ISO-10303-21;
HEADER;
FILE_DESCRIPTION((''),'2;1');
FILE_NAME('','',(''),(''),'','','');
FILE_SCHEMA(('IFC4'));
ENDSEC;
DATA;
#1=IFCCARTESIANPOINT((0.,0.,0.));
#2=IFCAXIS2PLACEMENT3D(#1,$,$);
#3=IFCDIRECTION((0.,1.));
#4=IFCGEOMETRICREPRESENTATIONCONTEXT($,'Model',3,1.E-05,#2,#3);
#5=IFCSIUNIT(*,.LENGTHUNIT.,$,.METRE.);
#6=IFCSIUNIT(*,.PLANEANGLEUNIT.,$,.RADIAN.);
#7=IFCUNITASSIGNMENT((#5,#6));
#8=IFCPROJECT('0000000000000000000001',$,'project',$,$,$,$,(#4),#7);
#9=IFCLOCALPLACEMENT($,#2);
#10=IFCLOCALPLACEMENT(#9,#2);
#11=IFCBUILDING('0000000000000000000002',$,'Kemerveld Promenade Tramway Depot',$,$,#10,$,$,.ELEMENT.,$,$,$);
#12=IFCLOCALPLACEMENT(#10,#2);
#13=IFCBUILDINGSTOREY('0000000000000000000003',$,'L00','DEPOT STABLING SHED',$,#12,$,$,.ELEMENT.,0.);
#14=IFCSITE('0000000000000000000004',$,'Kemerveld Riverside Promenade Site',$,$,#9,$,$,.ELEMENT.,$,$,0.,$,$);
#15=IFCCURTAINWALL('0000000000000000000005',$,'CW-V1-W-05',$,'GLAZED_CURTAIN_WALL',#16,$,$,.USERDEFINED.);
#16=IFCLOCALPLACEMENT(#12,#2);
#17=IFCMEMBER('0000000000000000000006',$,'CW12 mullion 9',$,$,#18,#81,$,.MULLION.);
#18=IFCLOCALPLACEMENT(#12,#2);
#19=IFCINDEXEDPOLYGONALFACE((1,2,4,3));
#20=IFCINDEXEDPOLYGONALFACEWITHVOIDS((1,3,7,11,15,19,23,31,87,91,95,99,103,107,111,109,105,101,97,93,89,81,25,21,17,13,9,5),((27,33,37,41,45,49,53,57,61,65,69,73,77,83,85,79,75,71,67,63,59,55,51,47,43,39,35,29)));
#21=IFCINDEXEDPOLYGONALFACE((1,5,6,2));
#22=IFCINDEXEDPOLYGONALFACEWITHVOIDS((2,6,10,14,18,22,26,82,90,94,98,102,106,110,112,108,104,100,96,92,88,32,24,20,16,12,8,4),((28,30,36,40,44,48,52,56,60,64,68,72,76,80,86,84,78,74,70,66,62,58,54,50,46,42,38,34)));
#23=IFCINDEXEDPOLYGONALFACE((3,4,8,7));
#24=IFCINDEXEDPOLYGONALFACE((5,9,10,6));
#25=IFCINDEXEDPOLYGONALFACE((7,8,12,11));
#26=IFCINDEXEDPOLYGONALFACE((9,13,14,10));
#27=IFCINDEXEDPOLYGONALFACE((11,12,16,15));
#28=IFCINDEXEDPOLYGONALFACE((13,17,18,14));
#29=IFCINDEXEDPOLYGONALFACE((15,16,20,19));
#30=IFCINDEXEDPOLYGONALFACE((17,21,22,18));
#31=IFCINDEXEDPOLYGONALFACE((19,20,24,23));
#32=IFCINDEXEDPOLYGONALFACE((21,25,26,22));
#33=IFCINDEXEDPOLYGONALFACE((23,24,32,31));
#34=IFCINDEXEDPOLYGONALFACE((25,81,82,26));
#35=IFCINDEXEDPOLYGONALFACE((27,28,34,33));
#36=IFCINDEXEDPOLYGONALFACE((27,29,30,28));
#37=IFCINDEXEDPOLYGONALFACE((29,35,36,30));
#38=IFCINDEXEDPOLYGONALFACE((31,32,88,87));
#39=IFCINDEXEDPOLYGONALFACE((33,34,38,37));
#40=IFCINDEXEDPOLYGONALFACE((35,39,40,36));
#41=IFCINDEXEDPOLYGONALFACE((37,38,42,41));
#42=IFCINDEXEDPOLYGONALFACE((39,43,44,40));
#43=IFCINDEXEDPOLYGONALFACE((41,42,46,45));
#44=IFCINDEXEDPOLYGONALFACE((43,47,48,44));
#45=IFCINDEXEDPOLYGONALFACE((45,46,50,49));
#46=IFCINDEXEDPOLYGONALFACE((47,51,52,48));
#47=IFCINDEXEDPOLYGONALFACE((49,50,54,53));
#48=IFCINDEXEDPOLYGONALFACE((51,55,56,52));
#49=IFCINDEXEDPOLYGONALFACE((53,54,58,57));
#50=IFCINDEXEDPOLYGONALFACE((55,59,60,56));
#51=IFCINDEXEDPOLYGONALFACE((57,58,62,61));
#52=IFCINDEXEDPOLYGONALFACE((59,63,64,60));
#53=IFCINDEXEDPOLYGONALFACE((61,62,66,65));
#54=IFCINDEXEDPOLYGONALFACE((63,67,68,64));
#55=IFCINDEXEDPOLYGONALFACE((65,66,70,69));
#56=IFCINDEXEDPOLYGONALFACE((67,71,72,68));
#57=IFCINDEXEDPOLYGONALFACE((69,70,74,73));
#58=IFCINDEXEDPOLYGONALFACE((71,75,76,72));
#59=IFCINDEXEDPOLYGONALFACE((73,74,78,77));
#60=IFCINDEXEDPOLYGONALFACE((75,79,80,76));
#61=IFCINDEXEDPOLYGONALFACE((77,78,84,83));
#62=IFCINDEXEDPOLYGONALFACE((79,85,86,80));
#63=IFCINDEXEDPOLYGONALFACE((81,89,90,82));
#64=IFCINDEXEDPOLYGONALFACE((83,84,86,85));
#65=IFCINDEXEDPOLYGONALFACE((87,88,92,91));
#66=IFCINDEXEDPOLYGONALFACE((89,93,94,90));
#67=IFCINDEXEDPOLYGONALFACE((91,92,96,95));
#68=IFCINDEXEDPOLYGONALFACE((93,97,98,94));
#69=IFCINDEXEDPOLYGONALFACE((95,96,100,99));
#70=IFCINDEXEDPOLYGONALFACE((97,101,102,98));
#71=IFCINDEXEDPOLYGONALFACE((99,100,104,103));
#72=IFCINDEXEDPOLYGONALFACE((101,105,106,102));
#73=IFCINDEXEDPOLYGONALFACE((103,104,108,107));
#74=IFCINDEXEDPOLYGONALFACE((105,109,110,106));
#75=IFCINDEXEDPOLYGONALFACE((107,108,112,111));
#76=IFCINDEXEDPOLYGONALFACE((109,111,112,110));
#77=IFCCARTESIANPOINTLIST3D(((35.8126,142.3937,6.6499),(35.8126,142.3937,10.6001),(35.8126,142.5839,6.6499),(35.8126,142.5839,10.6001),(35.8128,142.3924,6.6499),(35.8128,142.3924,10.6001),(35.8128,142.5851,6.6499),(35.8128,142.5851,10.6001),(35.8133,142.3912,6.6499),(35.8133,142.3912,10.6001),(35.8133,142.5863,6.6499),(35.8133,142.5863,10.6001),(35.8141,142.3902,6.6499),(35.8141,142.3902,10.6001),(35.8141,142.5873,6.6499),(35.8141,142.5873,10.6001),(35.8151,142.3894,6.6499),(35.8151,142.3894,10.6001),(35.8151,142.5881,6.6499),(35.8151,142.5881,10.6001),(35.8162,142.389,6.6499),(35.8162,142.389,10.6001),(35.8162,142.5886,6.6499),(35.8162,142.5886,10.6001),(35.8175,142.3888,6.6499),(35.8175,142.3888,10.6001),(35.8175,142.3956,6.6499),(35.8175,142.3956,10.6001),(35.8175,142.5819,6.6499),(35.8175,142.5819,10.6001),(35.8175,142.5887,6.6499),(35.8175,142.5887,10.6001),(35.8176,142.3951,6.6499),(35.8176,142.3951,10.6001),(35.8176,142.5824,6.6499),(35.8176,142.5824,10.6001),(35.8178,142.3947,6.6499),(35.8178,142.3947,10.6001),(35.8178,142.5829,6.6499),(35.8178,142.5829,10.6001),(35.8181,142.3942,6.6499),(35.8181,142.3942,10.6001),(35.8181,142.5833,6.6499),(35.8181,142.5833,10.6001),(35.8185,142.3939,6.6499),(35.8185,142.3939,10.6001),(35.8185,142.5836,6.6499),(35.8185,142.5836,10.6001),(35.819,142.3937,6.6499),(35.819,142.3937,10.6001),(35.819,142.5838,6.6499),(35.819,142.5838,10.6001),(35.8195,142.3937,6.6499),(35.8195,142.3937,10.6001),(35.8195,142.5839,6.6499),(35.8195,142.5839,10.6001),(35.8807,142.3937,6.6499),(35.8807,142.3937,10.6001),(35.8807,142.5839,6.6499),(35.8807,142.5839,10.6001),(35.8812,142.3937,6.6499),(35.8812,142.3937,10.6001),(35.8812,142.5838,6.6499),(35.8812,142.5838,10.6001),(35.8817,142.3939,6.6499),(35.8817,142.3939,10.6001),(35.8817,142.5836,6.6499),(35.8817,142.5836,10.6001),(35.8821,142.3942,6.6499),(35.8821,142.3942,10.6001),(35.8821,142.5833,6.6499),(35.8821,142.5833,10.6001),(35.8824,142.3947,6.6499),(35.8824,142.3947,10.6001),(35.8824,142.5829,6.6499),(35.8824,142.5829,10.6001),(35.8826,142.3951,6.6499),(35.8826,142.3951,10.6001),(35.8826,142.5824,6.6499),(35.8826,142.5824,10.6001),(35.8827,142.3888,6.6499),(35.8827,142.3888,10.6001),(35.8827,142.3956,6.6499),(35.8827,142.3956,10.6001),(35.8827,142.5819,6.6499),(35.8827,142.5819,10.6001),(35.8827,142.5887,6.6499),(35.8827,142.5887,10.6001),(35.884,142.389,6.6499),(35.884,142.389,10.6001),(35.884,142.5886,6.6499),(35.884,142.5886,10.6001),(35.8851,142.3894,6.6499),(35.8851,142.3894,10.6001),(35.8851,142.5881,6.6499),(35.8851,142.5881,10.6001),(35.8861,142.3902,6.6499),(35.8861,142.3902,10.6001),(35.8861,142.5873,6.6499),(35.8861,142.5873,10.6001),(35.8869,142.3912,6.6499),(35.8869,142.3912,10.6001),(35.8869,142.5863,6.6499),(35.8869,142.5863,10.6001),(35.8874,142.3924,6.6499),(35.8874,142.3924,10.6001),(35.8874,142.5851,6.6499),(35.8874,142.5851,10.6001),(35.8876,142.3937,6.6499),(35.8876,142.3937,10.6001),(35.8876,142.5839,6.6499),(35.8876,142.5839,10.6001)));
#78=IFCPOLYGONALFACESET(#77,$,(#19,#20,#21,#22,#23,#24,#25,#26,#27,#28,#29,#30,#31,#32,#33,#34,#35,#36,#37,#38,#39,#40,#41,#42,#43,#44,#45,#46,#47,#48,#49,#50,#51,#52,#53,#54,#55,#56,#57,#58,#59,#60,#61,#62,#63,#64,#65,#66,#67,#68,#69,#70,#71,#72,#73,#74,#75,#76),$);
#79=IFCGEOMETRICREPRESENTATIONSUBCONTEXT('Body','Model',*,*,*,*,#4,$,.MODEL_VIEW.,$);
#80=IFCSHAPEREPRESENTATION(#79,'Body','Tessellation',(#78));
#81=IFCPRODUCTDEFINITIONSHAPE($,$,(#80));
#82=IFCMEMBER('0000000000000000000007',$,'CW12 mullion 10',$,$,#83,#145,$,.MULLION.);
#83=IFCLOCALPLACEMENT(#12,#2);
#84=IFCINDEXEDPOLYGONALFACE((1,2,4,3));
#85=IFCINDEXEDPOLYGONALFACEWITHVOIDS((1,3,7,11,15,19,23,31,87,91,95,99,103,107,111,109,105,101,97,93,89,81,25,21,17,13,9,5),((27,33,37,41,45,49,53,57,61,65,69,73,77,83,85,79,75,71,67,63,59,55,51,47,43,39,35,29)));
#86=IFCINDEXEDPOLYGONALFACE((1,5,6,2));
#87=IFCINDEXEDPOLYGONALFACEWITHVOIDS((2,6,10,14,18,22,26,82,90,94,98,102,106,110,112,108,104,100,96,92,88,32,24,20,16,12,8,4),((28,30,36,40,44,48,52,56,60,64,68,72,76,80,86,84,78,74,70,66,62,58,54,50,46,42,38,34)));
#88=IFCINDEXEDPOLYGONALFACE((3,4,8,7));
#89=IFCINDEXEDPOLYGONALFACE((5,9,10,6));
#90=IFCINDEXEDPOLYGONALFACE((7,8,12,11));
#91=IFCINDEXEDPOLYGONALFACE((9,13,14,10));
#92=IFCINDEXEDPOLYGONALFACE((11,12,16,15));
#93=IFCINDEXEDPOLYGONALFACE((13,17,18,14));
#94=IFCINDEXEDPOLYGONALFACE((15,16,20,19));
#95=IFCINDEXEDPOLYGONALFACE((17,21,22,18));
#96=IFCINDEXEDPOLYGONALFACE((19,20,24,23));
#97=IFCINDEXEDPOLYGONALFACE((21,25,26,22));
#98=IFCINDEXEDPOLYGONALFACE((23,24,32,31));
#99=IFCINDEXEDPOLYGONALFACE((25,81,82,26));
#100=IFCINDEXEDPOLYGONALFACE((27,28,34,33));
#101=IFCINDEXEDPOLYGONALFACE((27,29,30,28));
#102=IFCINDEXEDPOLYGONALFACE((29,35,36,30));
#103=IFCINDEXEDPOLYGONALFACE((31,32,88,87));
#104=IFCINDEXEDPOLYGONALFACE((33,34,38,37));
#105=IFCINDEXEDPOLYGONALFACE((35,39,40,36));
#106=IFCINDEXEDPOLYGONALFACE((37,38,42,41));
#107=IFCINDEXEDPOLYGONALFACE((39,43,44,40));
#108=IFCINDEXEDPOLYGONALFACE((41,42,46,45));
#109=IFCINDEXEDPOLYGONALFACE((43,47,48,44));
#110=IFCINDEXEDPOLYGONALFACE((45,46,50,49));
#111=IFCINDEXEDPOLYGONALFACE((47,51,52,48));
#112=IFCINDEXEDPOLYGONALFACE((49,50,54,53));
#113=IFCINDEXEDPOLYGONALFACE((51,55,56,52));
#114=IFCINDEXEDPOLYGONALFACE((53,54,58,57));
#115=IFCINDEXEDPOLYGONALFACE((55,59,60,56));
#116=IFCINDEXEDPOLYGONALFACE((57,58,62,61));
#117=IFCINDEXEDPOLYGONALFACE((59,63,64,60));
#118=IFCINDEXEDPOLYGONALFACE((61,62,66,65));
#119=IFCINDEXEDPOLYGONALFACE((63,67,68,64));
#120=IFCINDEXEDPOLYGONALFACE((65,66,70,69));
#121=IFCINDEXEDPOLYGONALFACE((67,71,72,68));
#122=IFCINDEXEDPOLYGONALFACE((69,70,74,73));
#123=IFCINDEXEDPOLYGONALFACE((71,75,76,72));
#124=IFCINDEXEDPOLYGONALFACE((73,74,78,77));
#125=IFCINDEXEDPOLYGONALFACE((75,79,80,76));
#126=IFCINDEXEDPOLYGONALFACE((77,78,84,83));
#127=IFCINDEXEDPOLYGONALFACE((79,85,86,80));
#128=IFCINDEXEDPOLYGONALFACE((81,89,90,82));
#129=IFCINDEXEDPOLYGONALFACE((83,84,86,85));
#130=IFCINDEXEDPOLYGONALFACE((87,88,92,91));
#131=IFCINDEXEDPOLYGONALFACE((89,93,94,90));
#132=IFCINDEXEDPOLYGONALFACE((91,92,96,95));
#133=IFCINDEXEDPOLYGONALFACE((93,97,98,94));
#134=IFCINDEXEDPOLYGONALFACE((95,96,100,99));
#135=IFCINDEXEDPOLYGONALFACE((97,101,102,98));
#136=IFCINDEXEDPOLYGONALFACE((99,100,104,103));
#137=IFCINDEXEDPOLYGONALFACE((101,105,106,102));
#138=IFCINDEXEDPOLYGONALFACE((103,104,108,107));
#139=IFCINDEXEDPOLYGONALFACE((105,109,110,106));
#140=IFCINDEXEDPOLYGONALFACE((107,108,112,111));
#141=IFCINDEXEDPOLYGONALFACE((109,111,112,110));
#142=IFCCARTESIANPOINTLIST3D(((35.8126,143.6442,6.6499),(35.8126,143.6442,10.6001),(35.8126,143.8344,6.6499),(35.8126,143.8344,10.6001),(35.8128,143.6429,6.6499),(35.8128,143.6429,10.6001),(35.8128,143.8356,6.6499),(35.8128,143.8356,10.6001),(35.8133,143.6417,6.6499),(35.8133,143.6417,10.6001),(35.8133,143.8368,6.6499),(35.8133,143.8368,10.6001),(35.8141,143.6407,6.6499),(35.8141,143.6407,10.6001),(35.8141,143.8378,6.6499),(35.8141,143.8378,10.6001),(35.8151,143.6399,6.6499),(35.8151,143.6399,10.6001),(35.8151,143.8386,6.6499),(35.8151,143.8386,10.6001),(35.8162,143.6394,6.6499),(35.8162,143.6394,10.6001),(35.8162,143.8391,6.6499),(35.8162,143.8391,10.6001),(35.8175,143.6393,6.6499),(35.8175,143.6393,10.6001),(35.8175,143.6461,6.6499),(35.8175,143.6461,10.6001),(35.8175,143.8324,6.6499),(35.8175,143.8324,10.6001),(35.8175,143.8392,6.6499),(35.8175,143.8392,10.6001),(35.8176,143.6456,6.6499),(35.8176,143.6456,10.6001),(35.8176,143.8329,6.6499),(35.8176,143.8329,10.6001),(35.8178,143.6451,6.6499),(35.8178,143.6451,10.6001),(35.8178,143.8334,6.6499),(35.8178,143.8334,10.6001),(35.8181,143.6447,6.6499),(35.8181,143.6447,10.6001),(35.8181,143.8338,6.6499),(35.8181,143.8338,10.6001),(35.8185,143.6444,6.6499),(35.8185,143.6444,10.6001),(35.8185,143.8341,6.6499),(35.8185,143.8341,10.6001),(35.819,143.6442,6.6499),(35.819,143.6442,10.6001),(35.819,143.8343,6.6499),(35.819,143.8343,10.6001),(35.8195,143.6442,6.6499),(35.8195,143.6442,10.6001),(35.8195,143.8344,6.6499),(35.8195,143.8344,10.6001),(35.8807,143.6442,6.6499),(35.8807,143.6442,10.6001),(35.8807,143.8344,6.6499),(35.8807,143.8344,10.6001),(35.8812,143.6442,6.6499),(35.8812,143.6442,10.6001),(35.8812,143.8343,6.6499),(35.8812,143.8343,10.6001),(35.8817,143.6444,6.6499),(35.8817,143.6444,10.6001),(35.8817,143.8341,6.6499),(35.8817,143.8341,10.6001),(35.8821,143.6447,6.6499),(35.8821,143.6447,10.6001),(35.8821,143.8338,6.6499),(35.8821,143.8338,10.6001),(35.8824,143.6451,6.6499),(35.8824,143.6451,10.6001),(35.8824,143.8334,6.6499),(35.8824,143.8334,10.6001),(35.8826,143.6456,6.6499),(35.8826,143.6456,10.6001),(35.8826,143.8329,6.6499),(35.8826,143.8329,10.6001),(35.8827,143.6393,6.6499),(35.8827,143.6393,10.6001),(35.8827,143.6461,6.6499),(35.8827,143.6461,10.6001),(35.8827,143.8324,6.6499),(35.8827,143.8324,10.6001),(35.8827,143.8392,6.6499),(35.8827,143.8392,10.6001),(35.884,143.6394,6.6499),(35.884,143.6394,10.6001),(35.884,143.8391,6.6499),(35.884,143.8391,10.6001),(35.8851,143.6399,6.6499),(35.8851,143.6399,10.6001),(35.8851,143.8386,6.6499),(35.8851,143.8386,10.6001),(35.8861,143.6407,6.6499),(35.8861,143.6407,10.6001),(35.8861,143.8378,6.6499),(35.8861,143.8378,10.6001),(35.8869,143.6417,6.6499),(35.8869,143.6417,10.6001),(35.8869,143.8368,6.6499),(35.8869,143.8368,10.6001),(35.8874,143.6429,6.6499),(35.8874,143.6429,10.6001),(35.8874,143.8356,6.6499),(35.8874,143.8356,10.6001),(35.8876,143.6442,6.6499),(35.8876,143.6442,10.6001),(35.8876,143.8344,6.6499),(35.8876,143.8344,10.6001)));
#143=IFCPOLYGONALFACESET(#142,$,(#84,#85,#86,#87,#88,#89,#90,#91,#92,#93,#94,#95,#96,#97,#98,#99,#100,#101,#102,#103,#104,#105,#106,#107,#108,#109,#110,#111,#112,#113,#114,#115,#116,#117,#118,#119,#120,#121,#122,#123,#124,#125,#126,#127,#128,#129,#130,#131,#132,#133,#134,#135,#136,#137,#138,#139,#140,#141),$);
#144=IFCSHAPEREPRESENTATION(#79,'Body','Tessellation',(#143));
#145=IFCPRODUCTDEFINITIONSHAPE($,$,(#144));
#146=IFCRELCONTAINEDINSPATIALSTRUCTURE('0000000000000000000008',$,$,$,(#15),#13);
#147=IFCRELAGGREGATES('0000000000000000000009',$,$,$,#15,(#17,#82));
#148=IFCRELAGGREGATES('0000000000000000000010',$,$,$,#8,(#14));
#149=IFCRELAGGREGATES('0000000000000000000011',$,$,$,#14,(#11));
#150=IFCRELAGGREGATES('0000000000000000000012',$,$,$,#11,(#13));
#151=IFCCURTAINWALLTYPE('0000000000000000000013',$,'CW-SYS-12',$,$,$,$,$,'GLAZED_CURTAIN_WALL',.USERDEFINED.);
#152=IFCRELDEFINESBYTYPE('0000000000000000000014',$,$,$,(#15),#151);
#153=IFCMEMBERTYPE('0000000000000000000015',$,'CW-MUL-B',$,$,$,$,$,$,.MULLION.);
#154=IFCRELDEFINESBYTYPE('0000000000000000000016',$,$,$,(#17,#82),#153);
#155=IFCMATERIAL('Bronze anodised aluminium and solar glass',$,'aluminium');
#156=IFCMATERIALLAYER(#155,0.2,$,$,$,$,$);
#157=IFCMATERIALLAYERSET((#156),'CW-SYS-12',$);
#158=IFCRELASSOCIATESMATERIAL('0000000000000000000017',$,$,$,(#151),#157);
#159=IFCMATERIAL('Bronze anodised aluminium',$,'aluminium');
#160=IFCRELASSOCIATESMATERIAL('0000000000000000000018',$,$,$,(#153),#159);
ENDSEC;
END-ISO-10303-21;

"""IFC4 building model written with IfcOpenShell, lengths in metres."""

from ifc_helpers import new_model, si_unit, direction, frame, origin, origin_2d, place, context, subcontext, project, spatial, hollow_rectangle, extrude, material, layer, layer_set, material_profile, profile_set, type_object, element, aggregate, save


model = new_model("IFC4")

# Units and contexts
model_context = context("Model", 3, precision=1e-05, world=origin(), true_north=direction((0.0, 1.0)))
body_context = subcontext(model_context, "Body", "Model", "MODEL_VIEW")
ifc_project = project(units=[si_unit("LENGTHUNIT", "METRE"), si_unit("PLANEANGLEUNIT", "RADIAN")], contexts=[model_context])

# Site, building, storey
site_placement = place(None, origin())
site = spatial("IfcSite", under=ifc_project, at=site_placement, Name="Kemerveld Riverside Promenade Site", CompositionType="ELEMENT", RefElevation=0.0)
building_placement = place(site_placement, origin())
building = spatial("IfcBuilding", under=site, at=building_placement, Name="Kemerveld Promenade Tramway Depot", CompositionType="ELEMENT")
storey_placement = place(building_placement, origin())
storey = spatial("IfcBuildingStorey", under=building, at=storey_placement, Name="L00", Description="DEPOT STABLING SHED", CompositionType="ELEMENT", Elevation=0.0)

# Curtain wall, members
ifc_material_1 = material(Name="Bronze anodised aluminium and solar glass", Category="aluminium")
ifc_material_2 = material(Name="Bronze anodised aluminium", Category="aluminium")
ifc_layer_1 = layer(ifc_material_1, 0.2)
ifc_layer_set_1 = layer_set([ifc_layer_1], Name="CW-SYS-12")
curtain_wall_type_1 = type_object("IfcCurtainWallType", Name="CW-SYS-12", ElementType="GLAZED_CURTAIN_WALL", PredefinedType="USERDEFINED", material=ifc_layer_set_1)
curtain_wall_1_placement = place(storey_placement, origin())
curtain_wall_1 = element("IfcCurtainWall", 1, at=curtain_wall_1_placement, inside=storey, type_object=curtain_wall_type_1, Name="CW-V1-W-05", ObjectType="GLAZED_CURTAIN_WALL", PredefinedType="USERDEFINED")
ifc_material_profile_1 = material_profile(ifc_material_2, hollow_rectangle(XDim=0.075, YDim=0.2, WallThickness=0.0049, InnerFilletRadius=0.002, OuterFilletRadius=0.0049, at=origin_2d()), Name="CW-MUL-200x75")
ifc_profile_set_1 = profile_set([ifc_material_profile_1], Name="Bronze anodised aluminium")
member_type_1 = type_object("IfcMemberType", Name="CW-MUL-B", PredefinedType="MULLION", material=ifc_profile_set_1)
member_1_placement = place(storey_placement, frame((35.8501, 142.4888, 6.6499), z_axis=(0.0, 0.0, 1.0), x_axis=(-1.0, 0.0, 0.0)))
member_1 = element("IfcMember", 2, at=member_1_placement, type_object=member_type_1, Name="CW12 mullion 9", PredefinedType="MULLION", context=body_context, shape_type="SweptSolid", body=[
    extrude(hollow_rectangle(XDim=0.075, YDim=0.2, WallThickness=0.0049, InnerFilletRadius=0.002, OuterFilletRadius=0.0049, at=origin_2d()), origin(), (0.0, 0.0, 1.0), 3.9502),
])
member_2_placement = place(storey_placement, frame((35.8501, 143.7393, 6.6499), z_axis=(0.0, 0.0, 1.0), x_axis=(-1.0, 0.0, 0.0)))
member_2 = element("IfcMember", 3, at=member_2_placement, type_object=member_type_1, Name="CW12 mullion 10", PredefinedType="MULLION", context=body_context, shape_type="SweptSolid", body=[
    extrude(hollow_rectangle(XDim=0.075, YDim=0.2, WallThickness=0.0049, InnerFilletRadius=0.002, OuterFilletRadius=0.0049, at=origin_2d()), origin(), (0.0, 0.0, 1.0), 3.9502),
])

aggregate(curtain_wall_1, [member_1, member_2])

save(model, "model.ifc")
